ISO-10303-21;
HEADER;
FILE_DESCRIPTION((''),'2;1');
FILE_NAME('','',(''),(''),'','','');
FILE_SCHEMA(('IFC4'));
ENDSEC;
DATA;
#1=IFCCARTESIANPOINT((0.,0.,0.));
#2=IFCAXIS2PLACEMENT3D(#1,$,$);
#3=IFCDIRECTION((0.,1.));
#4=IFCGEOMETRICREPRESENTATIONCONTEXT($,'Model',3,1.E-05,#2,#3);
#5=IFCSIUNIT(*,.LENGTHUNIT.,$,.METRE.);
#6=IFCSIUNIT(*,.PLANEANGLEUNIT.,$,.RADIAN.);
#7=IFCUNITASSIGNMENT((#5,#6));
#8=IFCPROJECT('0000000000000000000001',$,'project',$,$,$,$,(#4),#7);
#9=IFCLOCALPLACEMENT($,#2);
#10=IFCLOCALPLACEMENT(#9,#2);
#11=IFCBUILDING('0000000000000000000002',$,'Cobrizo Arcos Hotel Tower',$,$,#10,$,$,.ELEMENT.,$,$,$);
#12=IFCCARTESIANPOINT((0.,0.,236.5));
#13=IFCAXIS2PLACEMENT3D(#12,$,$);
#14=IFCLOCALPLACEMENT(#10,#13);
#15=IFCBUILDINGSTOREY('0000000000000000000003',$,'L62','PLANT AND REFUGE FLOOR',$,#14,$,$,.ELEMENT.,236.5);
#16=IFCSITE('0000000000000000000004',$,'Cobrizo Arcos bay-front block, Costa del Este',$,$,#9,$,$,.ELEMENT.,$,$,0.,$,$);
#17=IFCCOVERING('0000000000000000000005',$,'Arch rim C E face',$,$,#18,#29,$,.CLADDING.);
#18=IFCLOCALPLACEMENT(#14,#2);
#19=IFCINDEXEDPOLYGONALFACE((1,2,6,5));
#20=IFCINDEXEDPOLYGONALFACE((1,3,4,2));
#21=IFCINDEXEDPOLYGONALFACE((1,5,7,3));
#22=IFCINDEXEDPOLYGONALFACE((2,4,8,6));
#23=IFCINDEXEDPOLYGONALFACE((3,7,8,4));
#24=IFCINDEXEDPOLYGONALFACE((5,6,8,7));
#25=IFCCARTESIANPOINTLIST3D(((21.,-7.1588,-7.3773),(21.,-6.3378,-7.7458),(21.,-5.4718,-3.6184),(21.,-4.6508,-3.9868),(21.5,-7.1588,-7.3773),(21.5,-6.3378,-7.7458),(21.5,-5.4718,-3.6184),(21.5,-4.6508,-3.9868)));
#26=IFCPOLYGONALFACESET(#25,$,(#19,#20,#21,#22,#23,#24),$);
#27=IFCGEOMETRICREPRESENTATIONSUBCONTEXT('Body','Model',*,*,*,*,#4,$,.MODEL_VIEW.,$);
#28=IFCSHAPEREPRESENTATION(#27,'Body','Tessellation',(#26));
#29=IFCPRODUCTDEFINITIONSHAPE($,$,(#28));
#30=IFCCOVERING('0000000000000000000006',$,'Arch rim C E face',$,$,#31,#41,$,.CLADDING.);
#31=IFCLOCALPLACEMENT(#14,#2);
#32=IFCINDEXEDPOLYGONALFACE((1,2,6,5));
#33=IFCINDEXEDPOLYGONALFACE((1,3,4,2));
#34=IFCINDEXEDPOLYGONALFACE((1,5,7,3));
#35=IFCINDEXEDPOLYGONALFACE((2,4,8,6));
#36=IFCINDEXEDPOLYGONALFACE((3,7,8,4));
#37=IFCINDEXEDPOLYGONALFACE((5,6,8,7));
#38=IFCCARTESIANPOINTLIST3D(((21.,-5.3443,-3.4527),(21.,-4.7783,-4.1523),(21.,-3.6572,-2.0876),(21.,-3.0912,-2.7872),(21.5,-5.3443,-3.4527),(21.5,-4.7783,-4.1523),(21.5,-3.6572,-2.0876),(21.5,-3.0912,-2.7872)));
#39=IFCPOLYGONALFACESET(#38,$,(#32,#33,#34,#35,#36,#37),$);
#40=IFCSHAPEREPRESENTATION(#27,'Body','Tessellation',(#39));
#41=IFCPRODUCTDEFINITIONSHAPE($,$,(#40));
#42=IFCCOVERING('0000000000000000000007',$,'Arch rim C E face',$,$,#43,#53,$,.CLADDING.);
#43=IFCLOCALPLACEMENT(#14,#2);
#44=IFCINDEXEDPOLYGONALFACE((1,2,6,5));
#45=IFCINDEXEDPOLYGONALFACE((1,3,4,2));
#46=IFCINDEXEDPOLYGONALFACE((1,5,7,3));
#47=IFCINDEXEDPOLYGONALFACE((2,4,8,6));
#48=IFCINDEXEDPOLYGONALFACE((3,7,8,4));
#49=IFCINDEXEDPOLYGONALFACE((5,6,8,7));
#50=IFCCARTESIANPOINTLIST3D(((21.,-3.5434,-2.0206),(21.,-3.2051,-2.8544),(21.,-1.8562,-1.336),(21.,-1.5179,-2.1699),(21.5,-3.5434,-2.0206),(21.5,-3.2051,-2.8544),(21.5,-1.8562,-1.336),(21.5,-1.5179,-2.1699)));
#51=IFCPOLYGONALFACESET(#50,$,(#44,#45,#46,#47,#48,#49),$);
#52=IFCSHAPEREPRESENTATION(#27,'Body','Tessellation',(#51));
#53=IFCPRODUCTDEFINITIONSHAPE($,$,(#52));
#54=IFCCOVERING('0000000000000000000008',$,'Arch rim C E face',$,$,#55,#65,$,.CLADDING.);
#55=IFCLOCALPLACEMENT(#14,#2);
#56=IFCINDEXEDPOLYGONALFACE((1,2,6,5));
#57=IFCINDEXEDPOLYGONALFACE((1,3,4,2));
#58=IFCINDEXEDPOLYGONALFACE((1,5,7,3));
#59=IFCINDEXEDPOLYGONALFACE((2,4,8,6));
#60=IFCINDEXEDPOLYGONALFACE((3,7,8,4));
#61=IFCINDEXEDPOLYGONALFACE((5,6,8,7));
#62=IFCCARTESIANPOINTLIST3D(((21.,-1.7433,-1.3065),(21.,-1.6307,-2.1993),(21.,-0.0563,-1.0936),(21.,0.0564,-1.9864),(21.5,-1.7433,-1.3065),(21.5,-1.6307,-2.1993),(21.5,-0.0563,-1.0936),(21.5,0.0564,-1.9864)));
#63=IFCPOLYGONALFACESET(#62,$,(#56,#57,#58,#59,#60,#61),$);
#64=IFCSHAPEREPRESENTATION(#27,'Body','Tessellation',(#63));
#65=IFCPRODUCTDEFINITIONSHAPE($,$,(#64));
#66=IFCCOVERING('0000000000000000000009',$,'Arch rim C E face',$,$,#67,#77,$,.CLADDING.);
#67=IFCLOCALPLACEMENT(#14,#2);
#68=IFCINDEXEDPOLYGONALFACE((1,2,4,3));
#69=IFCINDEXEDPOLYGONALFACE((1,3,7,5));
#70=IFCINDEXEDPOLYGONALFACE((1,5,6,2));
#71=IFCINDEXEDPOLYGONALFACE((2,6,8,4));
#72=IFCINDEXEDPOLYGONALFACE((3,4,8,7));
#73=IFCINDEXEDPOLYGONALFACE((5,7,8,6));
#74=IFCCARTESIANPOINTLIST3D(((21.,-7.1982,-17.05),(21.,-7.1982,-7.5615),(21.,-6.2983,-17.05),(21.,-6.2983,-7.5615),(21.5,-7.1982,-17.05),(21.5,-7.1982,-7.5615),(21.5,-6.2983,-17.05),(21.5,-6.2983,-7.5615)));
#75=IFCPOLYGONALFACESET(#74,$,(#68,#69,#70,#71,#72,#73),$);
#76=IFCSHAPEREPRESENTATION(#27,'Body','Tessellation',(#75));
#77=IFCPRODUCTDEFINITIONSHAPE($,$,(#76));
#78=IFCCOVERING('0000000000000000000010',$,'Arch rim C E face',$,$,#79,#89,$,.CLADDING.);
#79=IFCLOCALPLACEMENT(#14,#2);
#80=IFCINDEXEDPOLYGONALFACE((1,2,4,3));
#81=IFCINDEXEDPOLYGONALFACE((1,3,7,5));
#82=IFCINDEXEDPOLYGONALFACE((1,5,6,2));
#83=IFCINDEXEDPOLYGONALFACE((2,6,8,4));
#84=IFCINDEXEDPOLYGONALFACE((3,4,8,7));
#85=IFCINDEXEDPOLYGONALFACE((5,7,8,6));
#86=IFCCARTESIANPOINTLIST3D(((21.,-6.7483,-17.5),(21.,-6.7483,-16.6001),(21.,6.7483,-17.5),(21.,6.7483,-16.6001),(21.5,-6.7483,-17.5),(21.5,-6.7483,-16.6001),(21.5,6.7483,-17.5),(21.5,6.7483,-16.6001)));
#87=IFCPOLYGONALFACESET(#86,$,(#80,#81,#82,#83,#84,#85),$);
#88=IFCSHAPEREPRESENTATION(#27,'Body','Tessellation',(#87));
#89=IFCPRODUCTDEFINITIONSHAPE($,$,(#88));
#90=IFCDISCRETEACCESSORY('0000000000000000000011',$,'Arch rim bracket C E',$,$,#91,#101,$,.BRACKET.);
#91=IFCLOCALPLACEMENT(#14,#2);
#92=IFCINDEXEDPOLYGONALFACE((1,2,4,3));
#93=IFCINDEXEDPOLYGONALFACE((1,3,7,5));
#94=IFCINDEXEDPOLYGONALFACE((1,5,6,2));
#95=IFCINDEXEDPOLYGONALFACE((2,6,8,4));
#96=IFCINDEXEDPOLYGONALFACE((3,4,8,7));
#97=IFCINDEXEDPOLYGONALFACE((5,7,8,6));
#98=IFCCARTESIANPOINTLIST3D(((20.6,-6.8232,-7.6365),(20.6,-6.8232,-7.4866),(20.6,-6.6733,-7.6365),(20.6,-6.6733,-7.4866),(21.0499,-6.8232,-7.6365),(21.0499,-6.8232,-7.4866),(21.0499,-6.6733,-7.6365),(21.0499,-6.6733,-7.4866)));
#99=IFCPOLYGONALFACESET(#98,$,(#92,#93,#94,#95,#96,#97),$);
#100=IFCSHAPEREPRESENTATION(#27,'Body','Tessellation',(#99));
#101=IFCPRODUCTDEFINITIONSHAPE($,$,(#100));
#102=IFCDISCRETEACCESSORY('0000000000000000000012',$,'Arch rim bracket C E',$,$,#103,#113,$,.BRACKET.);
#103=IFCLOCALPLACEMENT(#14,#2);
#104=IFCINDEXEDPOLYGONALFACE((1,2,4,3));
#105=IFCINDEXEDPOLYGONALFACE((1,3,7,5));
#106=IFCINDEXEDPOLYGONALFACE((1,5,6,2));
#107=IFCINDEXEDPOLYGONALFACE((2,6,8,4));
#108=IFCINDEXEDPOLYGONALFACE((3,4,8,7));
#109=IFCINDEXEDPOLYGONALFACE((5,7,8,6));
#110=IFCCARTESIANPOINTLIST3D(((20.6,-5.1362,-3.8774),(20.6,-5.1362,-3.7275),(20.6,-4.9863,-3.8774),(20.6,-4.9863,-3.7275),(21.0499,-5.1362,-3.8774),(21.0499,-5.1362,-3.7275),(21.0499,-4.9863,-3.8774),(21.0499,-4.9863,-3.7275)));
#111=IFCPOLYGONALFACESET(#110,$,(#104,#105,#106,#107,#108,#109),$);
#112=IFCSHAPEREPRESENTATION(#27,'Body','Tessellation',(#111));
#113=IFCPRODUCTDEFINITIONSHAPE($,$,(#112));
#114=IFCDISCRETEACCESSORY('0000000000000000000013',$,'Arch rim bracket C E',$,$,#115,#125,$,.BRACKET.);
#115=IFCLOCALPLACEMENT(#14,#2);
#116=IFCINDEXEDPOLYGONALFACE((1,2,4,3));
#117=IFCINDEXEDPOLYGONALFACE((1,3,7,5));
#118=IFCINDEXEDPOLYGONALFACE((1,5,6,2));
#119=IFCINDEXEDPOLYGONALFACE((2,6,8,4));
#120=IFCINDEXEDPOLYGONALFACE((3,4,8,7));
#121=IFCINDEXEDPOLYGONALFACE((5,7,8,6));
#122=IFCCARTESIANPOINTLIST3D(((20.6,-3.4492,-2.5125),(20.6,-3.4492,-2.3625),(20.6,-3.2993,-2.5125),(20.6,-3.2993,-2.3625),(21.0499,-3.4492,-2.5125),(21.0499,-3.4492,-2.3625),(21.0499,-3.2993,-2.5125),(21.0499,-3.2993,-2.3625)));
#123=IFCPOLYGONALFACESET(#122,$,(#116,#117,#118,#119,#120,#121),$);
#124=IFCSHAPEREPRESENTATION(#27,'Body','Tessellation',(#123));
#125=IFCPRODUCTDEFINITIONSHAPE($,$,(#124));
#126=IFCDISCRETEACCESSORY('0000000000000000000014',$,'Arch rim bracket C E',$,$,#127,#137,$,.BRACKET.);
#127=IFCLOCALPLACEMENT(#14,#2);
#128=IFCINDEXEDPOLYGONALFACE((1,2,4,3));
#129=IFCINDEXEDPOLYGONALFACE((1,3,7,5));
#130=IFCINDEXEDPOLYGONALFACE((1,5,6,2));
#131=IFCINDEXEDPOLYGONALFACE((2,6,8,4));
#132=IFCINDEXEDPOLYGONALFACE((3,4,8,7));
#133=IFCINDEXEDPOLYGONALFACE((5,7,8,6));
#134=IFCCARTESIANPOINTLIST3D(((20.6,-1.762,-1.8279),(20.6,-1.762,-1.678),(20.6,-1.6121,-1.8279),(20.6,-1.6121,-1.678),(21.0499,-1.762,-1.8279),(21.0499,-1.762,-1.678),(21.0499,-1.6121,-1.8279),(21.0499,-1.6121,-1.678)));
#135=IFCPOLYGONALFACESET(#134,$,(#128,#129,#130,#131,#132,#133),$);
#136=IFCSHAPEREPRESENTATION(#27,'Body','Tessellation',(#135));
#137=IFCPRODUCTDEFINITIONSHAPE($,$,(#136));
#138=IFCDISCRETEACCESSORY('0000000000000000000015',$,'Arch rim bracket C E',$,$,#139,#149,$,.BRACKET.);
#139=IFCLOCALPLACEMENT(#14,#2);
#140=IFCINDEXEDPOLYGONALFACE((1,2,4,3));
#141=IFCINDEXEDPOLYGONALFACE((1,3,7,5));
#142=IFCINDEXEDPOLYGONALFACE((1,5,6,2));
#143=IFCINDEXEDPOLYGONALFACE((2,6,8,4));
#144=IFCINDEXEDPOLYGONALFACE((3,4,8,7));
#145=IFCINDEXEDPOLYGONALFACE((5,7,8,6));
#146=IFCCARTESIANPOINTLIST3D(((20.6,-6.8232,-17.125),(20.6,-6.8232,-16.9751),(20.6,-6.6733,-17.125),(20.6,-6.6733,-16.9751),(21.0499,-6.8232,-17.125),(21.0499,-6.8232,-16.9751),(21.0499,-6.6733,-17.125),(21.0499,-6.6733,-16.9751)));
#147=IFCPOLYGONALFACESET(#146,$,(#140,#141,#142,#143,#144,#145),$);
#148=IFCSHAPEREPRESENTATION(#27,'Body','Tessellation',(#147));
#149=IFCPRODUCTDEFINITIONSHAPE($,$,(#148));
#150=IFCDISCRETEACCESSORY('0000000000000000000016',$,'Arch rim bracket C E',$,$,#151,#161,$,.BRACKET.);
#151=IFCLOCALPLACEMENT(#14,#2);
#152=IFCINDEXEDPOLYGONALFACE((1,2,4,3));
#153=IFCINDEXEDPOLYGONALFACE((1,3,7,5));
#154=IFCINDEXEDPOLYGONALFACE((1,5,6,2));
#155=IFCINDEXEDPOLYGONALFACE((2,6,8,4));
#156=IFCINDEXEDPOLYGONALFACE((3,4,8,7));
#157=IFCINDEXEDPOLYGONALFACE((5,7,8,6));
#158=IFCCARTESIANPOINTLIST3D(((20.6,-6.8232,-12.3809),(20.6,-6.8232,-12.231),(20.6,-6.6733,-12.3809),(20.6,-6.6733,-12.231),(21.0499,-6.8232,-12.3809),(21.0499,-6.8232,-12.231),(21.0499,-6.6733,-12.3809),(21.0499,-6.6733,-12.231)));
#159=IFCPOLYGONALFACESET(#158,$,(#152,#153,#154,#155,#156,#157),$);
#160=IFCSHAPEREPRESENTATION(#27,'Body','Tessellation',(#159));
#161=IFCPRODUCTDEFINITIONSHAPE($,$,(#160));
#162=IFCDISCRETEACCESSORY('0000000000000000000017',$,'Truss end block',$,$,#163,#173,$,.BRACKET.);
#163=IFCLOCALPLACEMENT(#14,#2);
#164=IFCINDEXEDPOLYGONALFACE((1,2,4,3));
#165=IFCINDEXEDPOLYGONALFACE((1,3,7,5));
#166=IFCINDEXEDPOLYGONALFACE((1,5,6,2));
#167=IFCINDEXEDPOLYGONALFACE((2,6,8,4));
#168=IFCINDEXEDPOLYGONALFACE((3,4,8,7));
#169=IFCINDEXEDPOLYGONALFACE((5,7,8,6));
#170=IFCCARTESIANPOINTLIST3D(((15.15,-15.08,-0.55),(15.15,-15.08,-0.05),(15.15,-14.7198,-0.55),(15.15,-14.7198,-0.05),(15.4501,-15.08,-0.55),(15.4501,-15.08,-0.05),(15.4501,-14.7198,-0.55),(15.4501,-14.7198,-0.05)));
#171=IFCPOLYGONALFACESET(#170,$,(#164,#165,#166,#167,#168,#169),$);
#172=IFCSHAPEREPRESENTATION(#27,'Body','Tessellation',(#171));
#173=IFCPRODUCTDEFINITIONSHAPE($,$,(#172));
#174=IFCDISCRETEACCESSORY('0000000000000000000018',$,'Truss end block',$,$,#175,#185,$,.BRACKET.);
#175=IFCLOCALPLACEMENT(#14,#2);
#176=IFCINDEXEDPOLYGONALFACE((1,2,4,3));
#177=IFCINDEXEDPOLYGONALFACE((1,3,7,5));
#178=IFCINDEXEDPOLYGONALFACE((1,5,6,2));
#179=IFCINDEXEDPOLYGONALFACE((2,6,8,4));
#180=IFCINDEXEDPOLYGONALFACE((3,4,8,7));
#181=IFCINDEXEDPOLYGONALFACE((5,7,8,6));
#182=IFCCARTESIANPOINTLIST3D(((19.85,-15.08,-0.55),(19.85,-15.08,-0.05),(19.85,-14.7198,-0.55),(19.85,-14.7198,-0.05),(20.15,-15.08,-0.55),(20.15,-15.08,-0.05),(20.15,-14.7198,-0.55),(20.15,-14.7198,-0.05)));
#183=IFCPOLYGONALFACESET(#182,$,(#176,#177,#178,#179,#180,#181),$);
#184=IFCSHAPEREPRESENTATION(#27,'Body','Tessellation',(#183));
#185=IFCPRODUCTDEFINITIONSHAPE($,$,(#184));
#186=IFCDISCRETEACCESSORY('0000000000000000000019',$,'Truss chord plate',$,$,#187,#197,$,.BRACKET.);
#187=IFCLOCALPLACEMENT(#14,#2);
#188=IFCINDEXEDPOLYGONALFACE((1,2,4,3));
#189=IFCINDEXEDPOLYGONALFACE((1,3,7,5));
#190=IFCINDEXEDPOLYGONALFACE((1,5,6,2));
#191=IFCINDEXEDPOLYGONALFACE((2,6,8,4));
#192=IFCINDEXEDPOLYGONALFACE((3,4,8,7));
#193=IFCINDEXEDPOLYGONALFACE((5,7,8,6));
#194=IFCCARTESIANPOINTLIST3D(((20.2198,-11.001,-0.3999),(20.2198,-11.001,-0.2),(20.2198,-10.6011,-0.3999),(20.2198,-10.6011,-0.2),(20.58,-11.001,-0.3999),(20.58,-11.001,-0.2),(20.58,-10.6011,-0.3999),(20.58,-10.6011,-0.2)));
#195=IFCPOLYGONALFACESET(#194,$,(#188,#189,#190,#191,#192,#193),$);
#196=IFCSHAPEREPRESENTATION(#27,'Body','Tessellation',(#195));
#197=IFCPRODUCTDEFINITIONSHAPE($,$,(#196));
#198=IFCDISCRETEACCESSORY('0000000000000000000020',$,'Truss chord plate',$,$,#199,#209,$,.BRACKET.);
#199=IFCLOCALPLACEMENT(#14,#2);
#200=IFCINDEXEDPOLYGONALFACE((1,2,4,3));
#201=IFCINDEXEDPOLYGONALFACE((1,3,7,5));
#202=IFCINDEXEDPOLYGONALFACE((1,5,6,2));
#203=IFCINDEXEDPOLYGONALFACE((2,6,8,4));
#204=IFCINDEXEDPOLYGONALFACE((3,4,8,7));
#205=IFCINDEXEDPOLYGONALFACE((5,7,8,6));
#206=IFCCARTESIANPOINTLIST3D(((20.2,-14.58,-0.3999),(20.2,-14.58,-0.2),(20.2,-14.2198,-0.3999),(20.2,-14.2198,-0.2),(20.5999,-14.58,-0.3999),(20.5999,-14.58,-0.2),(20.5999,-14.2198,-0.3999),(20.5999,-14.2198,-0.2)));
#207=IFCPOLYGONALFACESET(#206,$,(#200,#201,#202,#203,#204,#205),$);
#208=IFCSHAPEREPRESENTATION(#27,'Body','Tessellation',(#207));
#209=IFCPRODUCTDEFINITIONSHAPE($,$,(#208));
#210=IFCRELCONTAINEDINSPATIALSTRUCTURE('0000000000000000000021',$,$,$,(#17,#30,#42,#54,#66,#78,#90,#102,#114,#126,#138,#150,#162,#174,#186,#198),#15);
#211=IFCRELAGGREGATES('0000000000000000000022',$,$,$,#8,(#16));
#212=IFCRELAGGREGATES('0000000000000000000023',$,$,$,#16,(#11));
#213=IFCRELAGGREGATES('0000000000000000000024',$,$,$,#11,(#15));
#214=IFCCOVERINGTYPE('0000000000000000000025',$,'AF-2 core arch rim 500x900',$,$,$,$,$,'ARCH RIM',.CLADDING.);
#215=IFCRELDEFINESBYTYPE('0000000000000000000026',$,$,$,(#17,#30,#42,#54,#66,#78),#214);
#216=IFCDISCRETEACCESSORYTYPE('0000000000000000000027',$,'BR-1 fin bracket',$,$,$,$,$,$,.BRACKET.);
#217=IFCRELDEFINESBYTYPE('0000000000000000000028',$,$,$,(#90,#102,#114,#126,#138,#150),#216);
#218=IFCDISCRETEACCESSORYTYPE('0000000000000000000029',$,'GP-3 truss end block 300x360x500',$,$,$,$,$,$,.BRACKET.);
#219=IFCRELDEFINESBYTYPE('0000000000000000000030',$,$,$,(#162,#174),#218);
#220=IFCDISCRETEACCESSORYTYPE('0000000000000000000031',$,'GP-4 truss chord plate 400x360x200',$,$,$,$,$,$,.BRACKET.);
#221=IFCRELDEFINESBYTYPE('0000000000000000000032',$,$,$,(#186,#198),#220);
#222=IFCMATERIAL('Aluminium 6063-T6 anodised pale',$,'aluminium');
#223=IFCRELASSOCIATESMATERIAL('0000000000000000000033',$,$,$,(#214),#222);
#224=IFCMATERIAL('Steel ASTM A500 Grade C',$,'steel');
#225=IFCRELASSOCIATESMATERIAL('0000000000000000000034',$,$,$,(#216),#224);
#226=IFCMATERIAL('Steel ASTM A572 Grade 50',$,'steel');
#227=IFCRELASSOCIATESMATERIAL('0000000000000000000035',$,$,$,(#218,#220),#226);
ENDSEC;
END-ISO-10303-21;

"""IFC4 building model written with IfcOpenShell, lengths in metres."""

from ifc_helpers import new_model, si_unit, direction, frame, origin, origin_2d, place, context, subcontext, project, spatial, rectangle, extrude, material, material_profile, profile_set, type_object, element, save


model = new_model("IFC4")

# Units and contexts
model_context = context("Model", 3, precision=1e-05, world=origin(), true_north=direction((0.0, 1.0)))
body_context = subcontext(model_context, "Body", "Model", "MODEL_VIEW")
ifc_project = project(units=[si_unit("LENGTHUNIT", "METRE"), si_unit("PLANEANGLEUNIT", "RADIAN")], contexts=[model_context])

# Site, building, storey
site_placement = place(None, origin())
site = spatial("IfcSite", under=ifc_project, at=site_placement, Name="Cobrizo Arcos bay-front block, Costa del Este", CompositionType="ELEMENT", RefElevation=0.0)
building_placement = place(site_placement, origin())
building = spatial("IfcBuilding", under=site, at=building_placement, Name="Cobrizo Arcos Hotel Tower", CompositionType="ELEMENT")
storey_placement = place(building_placement, frame((0.0, 0.0, 236.5)))
storey = spatial("IfcBuildingStorey", under=building, at=storey_placement, Name="L62", Description="PLANT AND REFUGE FLOOR", CompositionType="ELEMENT", Elevation=236.5)

# Shared definitions
ifc_material_1 = material(Name="Steel ASTM A572 Grade 50", Category="steel")

# Shared definitions
ifc_material_2 = material(Name="Steel ASTM A500 Grade C", Category="steel")

# Coverings
ifc_material_3 = material(Name="Aluminium 6063-T6 anodised pale", Category="aluminium")
ifc_material_profile_1 = material_profile(ifc_material_3, rectangle(XDim=0.5, YDim=0.8999, at=origin_2d()), Name="AF-2 core arch rim 500x900")
ifc_profile_set_1 = profile_set([ifc_material_profile_1], Name="Aluminium 6063-T6 anodised pale")
covering_type = type_object("IfcCoveringType", Name="AF-2 core arch rim 500x900", ElementType="ARCH RIM", PredefinedType="CLADDING", material=ifc_profile_set_1)
covering_1_placement = place(storey_placement, frame((21.25, -6.7483, -7.5615), z_axis=(0.0, 0.409445, 0.912335), x_axis=(-1.0, 0.0, 0.0)))
element("IfcCovering", 1, at=covering_1_placement, inside=storey, type_object=covering_type, Name="Arch rim C E face", PredefinedType="CLADDING", context=body_context, shape_type="SweptSolid", body=[
    extrude(rectangle(XDim=0.5, YDim=0.8999, at=origin_2d()), origin(), (0.0, 0.0, 1.0), 4.1201),
])
covering_2_placement = place(storey_placement, frame((21.25, -5.0613, -3.8025), z_axis=(0.0, 0.777399, 0.629007), x_axis=(-1.0, 0.0, 0.0)))
element("IfcCovering", 2, at=covering_2_placement, inside=storey, type_object=covering_type, Name="Arch rim C E face", PredefinedType="CLADDING", context=body_context, shape_type="SweptSolid", body=[
    extrude(rectangle(XDim=0.5, YDim=0.8999, at=origin_2d()), origin(), (0.0, 0.0, 1.0), 2.1702),
])
covering_3_placement = place(storey_placement, frame((21.25, -3.3743, -2.4375), z_axis=(0.0, 0.926635, 0.375963), x_axis=(-1.0, 0.0, 0.0)))
element("IfcCovering", 3, at=covering_3_placement, inside=storey, type_object=covering_type, Name="Arch rim C E face", PredefinedType="CLADDING", context=body_context, shape_type="SweptSolid", body=[
    extrude(rectangle(XDim=0.5, YDim=0.8999, at=origin_2d()), origin(), (0.0, 0.0, 1.0), 1.8208),
])
covering_4_placement = place(storey_placement, frame((21.25, -1.687, -1.7529), z_axis=(0.0, 0.992131, 0.125201), x_axis=(-1.0, 0.0, 0.0)))
element("IfcCovering", 4, at=covering_4_placement, inside=storey, type_object=covering_type, Name="Arch rim C E face", PredefinedType="CLADDING", context=body_context, shape_type="SweptSolid", body=[
    extrude(rectangle(XDim=0.5, YDim=0.8999, at=origin_2d()), origin(), (0.0, 0.0, 1.0), 1.7004),
])
covering_5_placement = place(storey_placement, frame((21.25, -6.7483, -17.05), z_axis=(0.0, 0.0, 1.0), x_axis=(1.0, 0.0, 0.0)))
element("IfcCovering", 5, at=covering_5_placement, inside=storey, type_object=covering_type, Name="Arch rim C E face", PredefinedType="CLADDING", context=body_context, shape_type="SweptSolid", body=[
    extrude(rectangle(XDim=0.5, YDim=0.8999, at=origin_2d()), origin(), (0.0, 0.0, 1.0), 9.4885),
])
covering_6_placement = place(storey_placement, frame((21.25, -6.7483, -17.05), z_axis=(0.0, 1.0, 0.0), x_axis=(-1.0, 0.0, 0.0)))
element("IfcCovering", 6, at=covering_6_placement, inside=storey, type_object=covering_type, Name="Arch rim C E face", PredefinedType="CLADDING", context=body_context, shape_type="SweptSolid", body=[
    extrude(rectangle(XDim=0.5, YDim=0.8999, at=origin_2d()), origin(), (0.0, 0.0, 1.0), 13.4966),
])

# Discrete accessories
discrete_accessory_type_1 = type_object("IfcDiscreteAccessoryType", Name="BR-1 fin bracket", PredefinedType="BRACKET", material=ifc_material_2)
for number, where, z_axis, x_axis, name in (
    (7, (20.825, -6.7483, -7.6365), (0.0, 0.0, 1.0), (1.0, 0.0, 0.0), "Arch rim bracket C E"),
    (8, (20.825, -5.0613, -3.8774), (0.0, 0.0, 1.0), (1.0, 0.0, 0.0), "Arch rim bracket C E"),
    (9, (20.825, -3.3743, -2.5125), (0.0, 0.0, 1.0), (1.0, 0.0, 0.0), "Arch rim bracket C E"),
    (10, (20.825, -1.687, -1.8279), (0.0, 0.0, 1.0), (1.0, 0.0, 0.0), "Arch rim bracket C E"),
    (11, (20.825, -6.7483, -17.125), (0.0, 0.0, 1.0), (1.0, 0.0, 0.0), "Arch rim bracket C E"),
    (12, (20.825, -6.7483, -12.3809), (0.0, 0.0, 1.0), (1.0, 0.0, 0.0), "Arch rim bracket C E"),
):
    element("IfcDiscreteAccessory", number, at=place(storey_placement, frame(where, z_axis=z_axis, x_axis=x_axis)), inside=storey, type_object=discrete_accessory_type_1, Name=name, PredefinedType="BRACKET", context=body_context, shape_type="SweptSolid", body=[
        extrude(rectangle(XDim=0.45, YDim=0.1499, at=origin_2d()), origin(), (0.0, 0.0, 1.0), 0.1499),
    ])
discrete_accessory_type_2 = type_object("IfcDiscreteAccessoryType", Name="GP-3 truss end block 300x360x500", PredefinedType="BRACKET", material=ifc_material_1)
for number, where, z_axis, x_axis, name in (
    (13, (15.3, -14.8999, -0.55), (0.0, 0.0, 1.0), (1.0, 0.0, 0.0), "Truss end block"),
    (14, (20.0, -14.8999, -0.55), (0.0, 0.0, 1.0), (-1.0, 0.0, 0.0), "Truss end block"),
):
    element("IfcDiscreteAccessory", number, at=place(storey_placement, frame(where, z_axis=z_axis, x_axis=x_axis)), inside=storey, type_object=discrete_accessory_type_2, Name=name, PredefinedType="BRACKET", context=body_context, shape_type="SweptSolid", body=[
        extrude(rectangle(XDim=0.3, YDim=0.3601, at=origin_2d()), origin(), (0.0, 0.0, 1.0), 0.5),
    ])
discrete_accessory_type_3 = type_object("IfcDiscreteAccessoryType", Name="GP-4 truss chord plate 400x360x200", PredefinedType="BRACKET", material=ifc_material_1)
for number, where, z_axis, x_axis, name in (
    (15, (20.3999, -10.801, -0.3999), (0.0, 0.0, 1.0), (0.0, 1.0, 0.0), "Truss chord plate"),
    (16, (20.3999, -14.3999, -0.3999), (0.0, 0.0, 1.0), (1.0, 0.0, 0.0), "Truss chord plate"),
):
    element("IfcDiscreteAccessory", number, at=place(storey_placement, frame(where, z_axis=z_axis, x_axis=x_axis)), inside=storey, type_object=discrete_accessory_type_3, Name=name, PredefinedType="BRACKET", context=body_context, shape_type="SweptSolid", body=[
        extrude(rectangle(XDim=0.3999, YDim=0.3601, at=origin_2d()), origin(), (0.0, 0.0, 1.0), 0.2),
    ])

save(model, "model.ifc")
